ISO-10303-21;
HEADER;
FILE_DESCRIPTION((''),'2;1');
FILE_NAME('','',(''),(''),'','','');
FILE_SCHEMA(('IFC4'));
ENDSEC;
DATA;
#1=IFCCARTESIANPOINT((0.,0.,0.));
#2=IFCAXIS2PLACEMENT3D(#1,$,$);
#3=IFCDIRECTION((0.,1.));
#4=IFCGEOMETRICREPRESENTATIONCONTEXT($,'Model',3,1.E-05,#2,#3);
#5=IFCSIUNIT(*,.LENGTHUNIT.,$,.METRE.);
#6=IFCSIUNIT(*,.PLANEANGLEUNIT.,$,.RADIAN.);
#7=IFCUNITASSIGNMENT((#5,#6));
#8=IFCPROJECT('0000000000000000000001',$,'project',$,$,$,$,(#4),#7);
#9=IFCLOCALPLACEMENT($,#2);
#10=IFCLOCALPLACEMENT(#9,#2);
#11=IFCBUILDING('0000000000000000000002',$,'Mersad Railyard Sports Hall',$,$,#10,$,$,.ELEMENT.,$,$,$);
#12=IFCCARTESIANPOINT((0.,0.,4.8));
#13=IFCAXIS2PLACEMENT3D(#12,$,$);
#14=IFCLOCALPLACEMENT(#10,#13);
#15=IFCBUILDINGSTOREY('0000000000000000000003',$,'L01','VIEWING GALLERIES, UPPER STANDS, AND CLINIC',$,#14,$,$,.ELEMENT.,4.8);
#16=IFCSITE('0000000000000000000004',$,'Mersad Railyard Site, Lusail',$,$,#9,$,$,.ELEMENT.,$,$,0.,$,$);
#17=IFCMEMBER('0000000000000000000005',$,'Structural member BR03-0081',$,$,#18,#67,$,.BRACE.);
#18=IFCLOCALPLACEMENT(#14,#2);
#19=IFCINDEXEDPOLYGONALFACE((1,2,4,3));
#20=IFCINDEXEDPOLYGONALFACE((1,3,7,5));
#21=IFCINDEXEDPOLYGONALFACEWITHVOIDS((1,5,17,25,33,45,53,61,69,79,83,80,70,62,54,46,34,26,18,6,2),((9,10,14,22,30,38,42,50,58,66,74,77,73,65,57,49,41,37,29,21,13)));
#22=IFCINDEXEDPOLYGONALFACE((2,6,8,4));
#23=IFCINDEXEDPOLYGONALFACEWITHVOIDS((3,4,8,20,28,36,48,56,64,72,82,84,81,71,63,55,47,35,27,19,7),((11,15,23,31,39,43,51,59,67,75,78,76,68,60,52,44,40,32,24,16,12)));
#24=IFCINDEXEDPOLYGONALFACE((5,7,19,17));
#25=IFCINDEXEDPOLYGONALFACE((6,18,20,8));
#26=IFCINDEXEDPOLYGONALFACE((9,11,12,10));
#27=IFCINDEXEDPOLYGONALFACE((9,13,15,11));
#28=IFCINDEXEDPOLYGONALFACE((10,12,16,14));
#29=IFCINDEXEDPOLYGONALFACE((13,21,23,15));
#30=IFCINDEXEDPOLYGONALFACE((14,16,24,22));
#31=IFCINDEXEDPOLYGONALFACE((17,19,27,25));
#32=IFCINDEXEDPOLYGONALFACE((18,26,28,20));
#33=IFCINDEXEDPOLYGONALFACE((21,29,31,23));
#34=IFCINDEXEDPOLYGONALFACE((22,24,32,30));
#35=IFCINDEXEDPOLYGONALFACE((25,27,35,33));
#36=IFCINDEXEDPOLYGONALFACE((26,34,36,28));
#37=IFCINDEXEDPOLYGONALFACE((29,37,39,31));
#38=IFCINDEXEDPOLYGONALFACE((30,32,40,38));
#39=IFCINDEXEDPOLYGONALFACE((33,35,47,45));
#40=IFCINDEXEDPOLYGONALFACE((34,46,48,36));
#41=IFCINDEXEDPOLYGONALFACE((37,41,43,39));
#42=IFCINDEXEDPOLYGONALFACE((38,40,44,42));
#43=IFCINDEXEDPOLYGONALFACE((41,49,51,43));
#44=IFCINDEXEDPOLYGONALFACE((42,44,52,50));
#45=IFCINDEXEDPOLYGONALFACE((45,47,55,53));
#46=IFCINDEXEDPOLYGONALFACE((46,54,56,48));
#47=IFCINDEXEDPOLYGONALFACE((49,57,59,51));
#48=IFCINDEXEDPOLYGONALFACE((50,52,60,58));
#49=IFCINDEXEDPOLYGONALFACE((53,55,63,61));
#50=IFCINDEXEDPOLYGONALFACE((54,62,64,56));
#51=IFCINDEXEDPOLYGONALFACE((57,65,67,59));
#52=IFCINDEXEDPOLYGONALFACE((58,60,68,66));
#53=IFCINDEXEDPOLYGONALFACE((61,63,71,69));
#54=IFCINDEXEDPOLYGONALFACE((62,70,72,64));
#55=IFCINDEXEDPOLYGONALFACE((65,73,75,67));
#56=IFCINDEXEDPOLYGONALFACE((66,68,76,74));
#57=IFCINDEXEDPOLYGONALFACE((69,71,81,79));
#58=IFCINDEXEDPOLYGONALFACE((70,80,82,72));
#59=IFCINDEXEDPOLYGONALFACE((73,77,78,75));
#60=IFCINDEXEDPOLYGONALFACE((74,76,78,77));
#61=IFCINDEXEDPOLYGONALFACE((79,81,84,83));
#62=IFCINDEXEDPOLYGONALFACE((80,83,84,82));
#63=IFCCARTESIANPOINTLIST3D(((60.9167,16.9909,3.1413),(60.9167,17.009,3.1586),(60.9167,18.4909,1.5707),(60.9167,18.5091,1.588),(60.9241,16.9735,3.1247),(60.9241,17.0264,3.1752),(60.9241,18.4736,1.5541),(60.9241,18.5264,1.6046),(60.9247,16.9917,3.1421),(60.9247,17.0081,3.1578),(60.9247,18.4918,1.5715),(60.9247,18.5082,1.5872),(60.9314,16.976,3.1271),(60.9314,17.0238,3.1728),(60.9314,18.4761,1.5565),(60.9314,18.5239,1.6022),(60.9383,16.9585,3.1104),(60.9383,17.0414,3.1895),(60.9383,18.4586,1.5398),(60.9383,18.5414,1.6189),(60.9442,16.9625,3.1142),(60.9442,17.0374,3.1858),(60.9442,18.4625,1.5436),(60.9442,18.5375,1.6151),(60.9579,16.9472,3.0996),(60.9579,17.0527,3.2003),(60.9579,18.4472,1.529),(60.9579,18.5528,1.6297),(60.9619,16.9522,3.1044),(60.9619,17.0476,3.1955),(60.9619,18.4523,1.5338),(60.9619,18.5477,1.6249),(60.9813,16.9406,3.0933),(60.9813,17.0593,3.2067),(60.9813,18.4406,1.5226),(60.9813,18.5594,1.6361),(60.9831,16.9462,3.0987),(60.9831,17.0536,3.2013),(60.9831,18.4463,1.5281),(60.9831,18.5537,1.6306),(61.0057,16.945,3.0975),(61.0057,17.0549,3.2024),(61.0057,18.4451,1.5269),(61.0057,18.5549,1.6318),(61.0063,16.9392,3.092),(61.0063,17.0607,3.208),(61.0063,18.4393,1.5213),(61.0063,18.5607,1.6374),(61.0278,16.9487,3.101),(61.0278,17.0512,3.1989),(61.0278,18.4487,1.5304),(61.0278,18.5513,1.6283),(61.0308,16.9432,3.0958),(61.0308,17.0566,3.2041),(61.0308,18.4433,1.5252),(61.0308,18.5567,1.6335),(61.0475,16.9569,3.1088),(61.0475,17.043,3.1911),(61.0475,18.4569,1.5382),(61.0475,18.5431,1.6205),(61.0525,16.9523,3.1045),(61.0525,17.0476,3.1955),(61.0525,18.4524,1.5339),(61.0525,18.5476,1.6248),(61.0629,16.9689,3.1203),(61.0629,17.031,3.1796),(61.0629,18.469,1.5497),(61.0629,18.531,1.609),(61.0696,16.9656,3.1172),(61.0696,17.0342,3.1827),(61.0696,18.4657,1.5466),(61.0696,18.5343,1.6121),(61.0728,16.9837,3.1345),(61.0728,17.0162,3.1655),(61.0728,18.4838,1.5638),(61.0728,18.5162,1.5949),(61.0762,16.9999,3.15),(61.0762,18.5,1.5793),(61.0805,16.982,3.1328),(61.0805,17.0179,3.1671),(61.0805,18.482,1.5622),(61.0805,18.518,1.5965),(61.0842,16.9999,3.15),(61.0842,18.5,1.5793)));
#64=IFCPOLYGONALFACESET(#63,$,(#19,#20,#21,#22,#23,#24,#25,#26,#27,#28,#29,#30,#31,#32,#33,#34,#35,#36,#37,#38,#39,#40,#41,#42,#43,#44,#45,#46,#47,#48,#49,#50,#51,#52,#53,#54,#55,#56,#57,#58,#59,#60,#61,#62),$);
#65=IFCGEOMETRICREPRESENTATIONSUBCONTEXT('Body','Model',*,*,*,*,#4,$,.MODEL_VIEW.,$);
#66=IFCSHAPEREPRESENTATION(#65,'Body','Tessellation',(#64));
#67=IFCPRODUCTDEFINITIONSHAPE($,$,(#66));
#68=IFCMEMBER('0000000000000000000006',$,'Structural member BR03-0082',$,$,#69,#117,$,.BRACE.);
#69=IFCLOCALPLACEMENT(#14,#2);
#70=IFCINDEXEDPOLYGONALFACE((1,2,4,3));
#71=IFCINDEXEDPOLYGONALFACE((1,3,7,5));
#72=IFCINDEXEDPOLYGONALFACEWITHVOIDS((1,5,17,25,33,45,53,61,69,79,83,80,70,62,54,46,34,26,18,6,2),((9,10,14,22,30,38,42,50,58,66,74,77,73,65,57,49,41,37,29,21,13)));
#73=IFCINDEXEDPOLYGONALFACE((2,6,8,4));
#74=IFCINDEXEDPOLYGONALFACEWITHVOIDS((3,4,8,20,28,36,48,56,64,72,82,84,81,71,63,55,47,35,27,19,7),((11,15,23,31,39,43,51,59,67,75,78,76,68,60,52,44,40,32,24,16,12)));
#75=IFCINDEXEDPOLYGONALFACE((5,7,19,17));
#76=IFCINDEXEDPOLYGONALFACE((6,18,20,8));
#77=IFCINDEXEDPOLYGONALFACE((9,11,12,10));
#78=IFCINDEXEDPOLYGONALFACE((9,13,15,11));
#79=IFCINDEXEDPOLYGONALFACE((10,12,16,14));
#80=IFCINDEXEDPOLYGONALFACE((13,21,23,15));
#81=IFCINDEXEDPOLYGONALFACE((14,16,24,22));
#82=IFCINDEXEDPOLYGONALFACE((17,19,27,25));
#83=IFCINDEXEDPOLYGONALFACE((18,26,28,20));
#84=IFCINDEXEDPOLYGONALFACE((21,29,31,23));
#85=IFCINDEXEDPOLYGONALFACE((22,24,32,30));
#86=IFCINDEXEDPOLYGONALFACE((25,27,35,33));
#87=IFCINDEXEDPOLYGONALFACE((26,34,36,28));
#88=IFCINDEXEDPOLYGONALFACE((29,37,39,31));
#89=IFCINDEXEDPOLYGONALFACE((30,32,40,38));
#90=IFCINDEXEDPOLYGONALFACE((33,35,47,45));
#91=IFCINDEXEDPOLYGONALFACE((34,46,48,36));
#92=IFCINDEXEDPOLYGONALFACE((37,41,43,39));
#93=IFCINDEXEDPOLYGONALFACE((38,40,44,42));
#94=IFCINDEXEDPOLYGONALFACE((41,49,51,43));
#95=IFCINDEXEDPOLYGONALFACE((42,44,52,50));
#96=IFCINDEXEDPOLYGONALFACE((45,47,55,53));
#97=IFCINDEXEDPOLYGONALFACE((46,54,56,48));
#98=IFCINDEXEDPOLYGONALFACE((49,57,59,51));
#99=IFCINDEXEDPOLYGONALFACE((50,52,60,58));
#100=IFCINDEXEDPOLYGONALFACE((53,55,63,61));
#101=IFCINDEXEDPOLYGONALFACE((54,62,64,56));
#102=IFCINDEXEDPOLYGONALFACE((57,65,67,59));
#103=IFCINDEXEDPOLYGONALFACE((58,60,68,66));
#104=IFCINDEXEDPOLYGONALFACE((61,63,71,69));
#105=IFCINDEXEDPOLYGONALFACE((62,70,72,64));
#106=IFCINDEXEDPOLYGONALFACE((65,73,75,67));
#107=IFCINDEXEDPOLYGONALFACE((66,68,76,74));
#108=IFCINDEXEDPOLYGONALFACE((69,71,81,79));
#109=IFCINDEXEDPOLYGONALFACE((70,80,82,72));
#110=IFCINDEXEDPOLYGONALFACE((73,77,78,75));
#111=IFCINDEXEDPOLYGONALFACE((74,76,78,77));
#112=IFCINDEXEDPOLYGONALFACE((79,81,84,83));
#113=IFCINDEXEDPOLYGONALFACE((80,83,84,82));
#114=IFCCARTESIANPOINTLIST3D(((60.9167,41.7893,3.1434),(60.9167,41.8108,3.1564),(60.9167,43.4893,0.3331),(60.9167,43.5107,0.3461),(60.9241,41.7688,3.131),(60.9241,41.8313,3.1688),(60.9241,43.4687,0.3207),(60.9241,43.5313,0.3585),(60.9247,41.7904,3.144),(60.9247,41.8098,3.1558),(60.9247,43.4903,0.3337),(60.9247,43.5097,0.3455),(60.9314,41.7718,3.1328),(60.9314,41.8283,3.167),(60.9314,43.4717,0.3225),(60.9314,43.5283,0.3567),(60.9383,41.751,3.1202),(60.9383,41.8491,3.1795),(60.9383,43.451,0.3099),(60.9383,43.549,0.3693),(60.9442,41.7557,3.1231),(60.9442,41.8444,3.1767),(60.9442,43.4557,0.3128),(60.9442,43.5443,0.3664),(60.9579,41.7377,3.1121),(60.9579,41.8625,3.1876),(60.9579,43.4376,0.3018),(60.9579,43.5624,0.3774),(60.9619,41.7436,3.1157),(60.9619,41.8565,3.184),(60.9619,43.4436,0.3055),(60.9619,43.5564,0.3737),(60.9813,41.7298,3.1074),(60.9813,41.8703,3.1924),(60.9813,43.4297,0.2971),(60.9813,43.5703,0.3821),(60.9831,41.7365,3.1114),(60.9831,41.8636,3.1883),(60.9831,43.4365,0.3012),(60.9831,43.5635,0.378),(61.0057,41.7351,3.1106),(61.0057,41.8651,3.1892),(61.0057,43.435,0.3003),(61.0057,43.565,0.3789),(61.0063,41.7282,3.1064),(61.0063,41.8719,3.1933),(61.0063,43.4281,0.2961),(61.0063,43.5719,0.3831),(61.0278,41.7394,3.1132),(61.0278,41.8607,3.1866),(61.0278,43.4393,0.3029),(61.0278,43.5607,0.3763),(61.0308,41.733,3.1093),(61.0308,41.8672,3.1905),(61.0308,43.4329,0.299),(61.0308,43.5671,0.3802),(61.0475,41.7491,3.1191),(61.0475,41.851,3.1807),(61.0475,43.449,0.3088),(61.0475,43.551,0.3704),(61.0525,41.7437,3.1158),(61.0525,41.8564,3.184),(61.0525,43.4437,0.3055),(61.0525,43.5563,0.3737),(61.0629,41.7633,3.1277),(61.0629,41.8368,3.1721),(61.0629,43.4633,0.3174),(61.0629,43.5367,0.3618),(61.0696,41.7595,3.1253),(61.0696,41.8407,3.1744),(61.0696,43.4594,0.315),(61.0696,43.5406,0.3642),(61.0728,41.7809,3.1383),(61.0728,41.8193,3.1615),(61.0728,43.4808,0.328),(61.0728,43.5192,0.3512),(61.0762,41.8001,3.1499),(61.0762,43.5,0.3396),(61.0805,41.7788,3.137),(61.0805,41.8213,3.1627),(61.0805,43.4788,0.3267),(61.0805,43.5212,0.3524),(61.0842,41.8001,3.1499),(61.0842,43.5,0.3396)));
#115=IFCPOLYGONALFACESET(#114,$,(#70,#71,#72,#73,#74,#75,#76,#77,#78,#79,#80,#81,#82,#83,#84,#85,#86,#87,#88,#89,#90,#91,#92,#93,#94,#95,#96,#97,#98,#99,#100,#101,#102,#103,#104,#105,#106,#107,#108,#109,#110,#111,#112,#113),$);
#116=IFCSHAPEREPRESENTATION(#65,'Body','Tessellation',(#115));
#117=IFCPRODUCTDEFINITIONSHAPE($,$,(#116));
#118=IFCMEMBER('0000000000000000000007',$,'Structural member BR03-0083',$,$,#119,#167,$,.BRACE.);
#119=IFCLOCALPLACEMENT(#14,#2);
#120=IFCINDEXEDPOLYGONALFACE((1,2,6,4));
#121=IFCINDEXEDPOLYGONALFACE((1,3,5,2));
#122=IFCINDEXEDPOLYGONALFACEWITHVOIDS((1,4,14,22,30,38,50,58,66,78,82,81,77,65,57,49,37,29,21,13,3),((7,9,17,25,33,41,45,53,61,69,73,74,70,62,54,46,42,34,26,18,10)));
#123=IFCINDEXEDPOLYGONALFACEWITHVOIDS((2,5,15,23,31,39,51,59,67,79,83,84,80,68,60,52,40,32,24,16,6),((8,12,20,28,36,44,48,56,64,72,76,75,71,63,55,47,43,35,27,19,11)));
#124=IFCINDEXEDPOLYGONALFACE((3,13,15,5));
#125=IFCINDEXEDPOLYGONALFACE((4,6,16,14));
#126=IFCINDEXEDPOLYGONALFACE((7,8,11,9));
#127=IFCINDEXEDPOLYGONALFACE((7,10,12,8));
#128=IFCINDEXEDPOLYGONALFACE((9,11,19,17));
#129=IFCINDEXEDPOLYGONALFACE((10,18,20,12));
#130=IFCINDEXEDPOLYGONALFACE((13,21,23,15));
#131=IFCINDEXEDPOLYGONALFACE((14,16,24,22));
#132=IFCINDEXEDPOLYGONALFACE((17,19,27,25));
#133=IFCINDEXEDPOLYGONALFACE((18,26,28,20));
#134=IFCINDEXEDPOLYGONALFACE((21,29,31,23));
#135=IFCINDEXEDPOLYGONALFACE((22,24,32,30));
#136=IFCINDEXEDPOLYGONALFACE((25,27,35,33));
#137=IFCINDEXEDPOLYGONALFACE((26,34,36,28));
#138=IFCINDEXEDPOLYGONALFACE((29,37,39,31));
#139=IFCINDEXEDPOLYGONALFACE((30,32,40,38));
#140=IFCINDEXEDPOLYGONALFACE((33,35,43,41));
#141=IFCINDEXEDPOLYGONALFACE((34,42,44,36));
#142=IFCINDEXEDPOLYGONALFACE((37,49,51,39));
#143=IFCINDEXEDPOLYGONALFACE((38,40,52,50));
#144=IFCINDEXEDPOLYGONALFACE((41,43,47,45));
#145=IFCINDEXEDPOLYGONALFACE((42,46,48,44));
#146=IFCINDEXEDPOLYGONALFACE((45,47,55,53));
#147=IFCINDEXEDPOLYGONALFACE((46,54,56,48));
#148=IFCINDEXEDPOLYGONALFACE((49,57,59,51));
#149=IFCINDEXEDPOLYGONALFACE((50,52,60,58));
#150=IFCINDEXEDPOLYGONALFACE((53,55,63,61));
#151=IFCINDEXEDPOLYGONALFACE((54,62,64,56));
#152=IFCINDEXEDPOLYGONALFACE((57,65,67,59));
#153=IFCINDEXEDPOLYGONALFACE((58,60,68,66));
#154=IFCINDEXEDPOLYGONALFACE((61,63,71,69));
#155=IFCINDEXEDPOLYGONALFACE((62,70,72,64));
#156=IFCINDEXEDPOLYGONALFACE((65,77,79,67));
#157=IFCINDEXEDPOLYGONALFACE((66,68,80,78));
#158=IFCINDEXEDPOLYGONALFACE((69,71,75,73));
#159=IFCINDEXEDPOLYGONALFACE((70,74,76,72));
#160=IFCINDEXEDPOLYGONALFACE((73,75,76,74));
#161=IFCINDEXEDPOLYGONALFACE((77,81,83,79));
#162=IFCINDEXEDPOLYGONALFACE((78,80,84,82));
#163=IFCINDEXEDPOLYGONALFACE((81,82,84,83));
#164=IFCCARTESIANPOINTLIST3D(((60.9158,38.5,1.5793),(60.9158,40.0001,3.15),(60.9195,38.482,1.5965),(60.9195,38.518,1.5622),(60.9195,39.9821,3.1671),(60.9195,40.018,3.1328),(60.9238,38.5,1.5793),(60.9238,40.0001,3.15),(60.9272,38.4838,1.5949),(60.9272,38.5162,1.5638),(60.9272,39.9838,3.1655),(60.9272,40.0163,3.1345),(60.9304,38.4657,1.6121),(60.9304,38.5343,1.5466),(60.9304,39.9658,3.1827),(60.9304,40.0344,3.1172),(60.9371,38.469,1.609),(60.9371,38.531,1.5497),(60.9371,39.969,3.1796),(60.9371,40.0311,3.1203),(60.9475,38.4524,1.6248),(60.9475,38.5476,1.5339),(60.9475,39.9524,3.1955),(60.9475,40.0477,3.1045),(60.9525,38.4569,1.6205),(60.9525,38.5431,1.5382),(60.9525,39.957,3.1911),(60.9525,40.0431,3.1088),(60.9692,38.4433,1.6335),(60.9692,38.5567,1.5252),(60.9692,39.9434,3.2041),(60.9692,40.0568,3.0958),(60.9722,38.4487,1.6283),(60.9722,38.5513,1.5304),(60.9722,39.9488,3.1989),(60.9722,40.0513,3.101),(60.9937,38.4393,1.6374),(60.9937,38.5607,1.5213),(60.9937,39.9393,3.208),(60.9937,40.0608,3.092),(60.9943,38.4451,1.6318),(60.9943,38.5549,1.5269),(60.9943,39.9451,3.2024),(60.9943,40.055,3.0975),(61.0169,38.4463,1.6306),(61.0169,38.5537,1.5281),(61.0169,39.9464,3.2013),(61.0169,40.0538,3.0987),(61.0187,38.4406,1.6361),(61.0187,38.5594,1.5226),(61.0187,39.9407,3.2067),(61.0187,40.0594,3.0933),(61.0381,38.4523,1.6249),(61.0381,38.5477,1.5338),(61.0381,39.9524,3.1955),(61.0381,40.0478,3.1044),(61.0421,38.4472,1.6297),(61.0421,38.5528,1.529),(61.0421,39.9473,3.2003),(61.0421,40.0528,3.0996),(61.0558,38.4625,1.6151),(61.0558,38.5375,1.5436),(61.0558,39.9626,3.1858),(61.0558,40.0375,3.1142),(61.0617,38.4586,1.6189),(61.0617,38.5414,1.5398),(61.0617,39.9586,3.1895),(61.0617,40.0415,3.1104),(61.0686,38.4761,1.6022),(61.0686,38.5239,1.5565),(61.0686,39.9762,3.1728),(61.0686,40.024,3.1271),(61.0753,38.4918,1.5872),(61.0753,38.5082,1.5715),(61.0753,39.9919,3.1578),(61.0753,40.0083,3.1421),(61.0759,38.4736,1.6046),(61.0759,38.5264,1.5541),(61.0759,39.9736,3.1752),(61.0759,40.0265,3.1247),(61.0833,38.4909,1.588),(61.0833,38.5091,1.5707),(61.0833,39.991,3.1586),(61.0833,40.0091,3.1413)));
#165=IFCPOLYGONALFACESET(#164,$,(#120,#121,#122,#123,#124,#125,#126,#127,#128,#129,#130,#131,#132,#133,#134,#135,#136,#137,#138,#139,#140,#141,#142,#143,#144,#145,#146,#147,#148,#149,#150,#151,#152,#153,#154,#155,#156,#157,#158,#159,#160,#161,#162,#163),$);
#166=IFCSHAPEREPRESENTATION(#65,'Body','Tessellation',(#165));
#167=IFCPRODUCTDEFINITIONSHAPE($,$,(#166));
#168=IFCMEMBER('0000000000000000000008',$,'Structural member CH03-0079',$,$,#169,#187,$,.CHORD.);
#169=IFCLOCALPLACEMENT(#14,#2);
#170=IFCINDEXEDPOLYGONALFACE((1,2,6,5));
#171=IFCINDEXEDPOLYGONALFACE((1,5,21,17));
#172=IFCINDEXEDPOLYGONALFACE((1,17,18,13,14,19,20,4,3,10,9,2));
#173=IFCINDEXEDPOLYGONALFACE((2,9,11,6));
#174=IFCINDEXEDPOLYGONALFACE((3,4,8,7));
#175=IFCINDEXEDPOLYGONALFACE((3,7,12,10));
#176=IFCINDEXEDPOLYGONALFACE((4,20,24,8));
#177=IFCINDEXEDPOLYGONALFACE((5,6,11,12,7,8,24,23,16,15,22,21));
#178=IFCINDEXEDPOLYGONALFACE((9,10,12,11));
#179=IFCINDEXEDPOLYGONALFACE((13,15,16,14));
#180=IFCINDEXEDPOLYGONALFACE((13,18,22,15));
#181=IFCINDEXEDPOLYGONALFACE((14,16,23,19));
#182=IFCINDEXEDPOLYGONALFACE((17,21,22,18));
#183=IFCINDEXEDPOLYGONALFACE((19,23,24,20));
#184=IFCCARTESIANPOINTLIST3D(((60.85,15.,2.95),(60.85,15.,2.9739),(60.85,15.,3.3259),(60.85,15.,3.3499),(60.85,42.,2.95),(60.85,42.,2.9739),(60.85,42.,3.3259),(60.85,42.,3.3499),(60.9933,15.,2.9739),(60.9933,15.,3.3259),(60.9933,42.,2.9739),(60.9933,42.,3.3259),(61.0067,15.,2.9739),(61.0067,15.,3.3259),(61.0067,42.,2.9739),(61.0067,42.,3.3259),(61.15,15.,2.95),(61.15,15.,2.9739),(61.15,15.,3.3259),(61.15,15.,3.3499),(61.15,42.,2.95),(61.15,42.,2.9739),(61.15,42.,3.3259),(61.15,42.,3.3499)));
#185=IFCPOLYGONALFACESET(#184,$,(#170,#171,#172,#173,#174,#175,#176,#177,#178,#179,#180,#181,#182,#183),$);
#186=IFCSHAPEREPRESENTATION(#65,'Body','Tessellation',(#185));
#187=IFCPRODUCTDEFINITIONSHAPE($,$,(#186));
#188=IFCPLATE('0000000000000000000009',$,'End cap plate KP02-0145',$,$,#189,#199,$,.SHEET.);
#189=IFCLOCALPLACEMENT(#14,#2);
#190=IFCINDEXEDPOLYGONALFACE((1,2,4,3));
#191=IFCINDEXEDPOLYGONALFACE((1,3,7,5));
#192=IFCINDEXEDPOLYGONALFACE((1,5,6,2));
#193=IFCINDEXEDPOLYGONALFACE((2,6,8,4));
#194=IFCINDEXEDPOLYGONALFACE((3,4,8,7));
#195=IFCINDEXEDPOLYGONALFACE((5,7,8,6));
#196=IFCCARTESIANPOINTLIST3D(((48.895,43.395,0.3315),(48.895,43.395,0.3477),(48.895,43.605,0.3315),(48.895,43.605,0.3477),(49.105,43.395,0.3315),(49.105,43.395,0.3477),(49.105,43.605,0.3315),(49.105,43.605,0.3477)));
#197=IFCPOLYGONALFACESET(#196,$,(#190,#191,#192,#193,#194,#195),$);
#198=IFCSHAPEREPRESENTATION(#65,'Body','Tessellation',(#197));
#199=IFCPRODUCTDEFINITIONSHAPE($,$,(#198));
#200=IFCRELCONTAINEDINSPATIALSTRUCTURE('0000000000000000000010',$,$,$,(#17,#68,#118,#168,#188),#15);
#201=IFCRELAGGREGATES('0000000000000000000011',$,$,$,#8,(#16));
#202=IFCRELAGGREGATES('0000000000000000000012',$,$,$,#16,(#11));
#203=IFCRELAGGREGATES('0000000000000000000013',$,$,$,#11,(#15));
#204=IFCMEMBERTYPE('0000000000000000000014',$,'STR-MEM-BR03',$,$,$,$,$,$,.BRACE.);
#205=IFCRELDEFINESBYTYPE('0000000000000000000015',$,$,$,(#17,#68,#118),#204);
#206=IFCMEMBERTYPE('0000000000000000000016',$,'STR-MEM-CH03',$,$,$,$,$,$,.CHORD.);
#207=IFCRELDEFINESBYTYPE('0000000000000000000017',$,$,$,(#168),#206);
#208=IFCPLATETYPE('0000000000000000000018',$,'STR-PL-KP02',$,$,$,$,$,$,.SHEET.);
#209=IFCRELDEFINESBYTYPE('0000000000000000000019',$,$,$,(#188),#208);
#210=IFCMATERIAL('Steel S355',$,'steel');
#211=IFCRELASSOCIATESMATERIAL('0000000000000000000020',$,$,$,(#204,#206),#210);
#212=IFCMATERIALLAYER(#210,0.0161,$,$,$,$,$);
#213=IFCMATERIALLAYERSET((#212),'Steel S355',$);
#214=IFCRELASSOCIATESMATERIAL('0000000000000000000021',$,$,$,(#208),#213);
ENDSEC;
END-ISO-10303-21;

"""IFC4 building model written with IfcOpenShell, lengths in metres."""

from ifc_helpers import new_model, si_unit, direction, frame, origin, origin_2d, place, context, subcontext, project, spatial, rectangle, hollow_circle, i_section, extrude, material, layer, layer_set, material_profile, profile_set, type_object, element, save


model = new_model("IFC4")

# Units and contexts
model_context = context("Model", 3, precision=1e-05, world=origin(), true_north=direction((0.0, 1.0)))
body_context = subcontext(model_context, "Body", "Model", "MODEL_VIEW")
ifc_project = project(units=[si_unit("LENGTHUNIT", "METRE"), si_unit("PLANEANGLEUNIT", "RADIAN")], contexts=[model_context])

# Site, building, storey
site_placement = place(None, origin())
site = spatial("IfcSite", under=ifc_project, at=site_placement, Name="Mersad Railyard Site, Lusail", CompositionType="ELEMENT", RefElevation=0.0)
building_placement = place(site_placement, origin())
building = spatial("IfcBuilding", under=site, at=building_placement, Name="Mersad Railyard Sports Hall", CompositionType="ELEMENT")
storey_placement = place(building_placement, frame((0.0, 0.0, 4.8)))
storey = spatial("IfcBuildingStorey", under=building, at=storey_placement, Name="L01", Description="VIEWING GALLERIES, UPPER STANDS, AND CLINIC", CompositionType="ELEMENT", Elevation=4.8)

# Members
ifc_material_1 = material(Name="Steel S355", Category="steel")
ifc_material_profile_1 = material_profile(ifc_material_1, hollow_circle(Radius=0.0842, WallThickness=0.0081, at=origin_2d()), Name="CHS 168.3x8")
ifc_profile_set_1 = profile_set([ifc_material_profile_1], Name="Steel S355")
member_type_1 = type_object("IfcMemberType", Name="STR-MEM-BR03", PredefinedType="BRACE", material=ifc_profile_set_1)
member_1_placement = place(storey_placement, frame((61.0, 18.5, 1.5793), z_axis=(0.0, -0.690676, 0.723164), x_axis=(1.0, 0.0, 0.0)))
element("IfcMember", 1, at=member_1_placement, inside=storey, type_object=member_type_1, Name="Structural member BR03-0081", PredefinedType="BRACE", context=body_context, shape_type="SweptSolid", body=[
    extrude(hollow_circle(Radius=0.0842, WallThickness=0.0081, at=origin_2d()), origin(), (0.0, 0.0, 1.0), 2.1719),
])
member_2_placement = place(storey_placement, frame((61.0, 43.5, 0.3396), z_axis=(0.0, -0.517575, 0.855638), x_axis=(1.0, 0.0, 0.0)))
element("IfcMember", 2, at=member_2_placement, inside=storey, type_object=member_type_1, Name="Structural member BR03-0082", PredefinedType="BRACE", context=body_context, shape_type="SweptSolid", body=[
    extrude(hollow_circle(Radius=0.0842, WallThickness=0.0081, at=origin_2d()), origin(), (0.0, 0.0, 1.0), 3.2844),
])
member_3_placement = place(storey_placement, frame((61.0, 38.5, 1.5793), z_axis=(0.0, 0.690676, 0.723164), x_axis=(-1.0, 0.0, 0.0)))
element("IfcMember", 3, at=member_3_placement, inside=storey, type_object=member_type_1, Name="Structural member BR03-0083", PredefinedType="BRACE", context=body_context, shape_type="SweptSolid", body=[
    extrude(hollow_circle(Radius=0.0842, WallThickness=0.0081, at=origin_2d()), origin(), (0.0, 0.0, 1.0), 2.1719),
])
ifc_material_profile_2 = material_profile(ifc_material_1, i_section(OverallWidth=0.3, OverallDepth=0.3999, WebThickness=0.0134, FlangeThickness=0.0239, at=origin_2d()), Name="HEB 400")
ifc_profile_set_2 = profile_set([ifc_material_profile_2], Name="Steel S355")
member_type_2 = type_object("IfcMemberType", Name="STR-MEM-CH03", PredefinedType="CHORD", material=ifc_profile_set_2)
member_4_placement = place(storey_placement, frame((61.0, 15.0, 3.1499), z_axis=(0.0, 1.0, 0.0), x_axis=(-1.0, 0.0, 0.0)))
element("IfcMember", 4, at=member_4_placement, inside=storey, type_object=member_type_2, Name="Structural member CH03-0079", PredefinedType="CHORD", context=body_context, shape_type="SweptSolid", body=[
    extrude(i_section(OverallWidth=0.3, OverallDepth=0.3999, WebThickness=0.0134, FlangeThickness=0.0239, at=origin_2d()), origin(), (0.0, 0.0, 1.0), 27.0),
])

# Plate
ifc_layer = layer(ifc_material_1, 0.0161)
ifc_layer_set = layer_set([ifc_layer], Name="Steel S355")
plate_type = type_object("IfcPlateType", Name="STR-PL-KP02", PredefinedType="SHEET", material=ifc_layer_set)
for number, where, z_axis, x_axis, name in (
    (5, (49.0, 43.5, 0.3315), (0.0, 0.0, 1.0), (1.0, 0.0, 0.0), "End cap plate KP02-0145"),
):
    element("IfcPlate", number, at=place(storey_placement, frame(where, z_axis=z_axis, x_axis=x_axis)), inside=storey, type_object=plate_type, Name=name, PredefinedType="SHEET", context=body_context, shape_type="SweptSolid", body=[
        extrude(rectangle(XDim=0.21, YDim=0.21, at=origin_2d()), origin(), (0.0, 0.0, 1.0), 0.0161),
    ])

save(model, "model.ifc")
